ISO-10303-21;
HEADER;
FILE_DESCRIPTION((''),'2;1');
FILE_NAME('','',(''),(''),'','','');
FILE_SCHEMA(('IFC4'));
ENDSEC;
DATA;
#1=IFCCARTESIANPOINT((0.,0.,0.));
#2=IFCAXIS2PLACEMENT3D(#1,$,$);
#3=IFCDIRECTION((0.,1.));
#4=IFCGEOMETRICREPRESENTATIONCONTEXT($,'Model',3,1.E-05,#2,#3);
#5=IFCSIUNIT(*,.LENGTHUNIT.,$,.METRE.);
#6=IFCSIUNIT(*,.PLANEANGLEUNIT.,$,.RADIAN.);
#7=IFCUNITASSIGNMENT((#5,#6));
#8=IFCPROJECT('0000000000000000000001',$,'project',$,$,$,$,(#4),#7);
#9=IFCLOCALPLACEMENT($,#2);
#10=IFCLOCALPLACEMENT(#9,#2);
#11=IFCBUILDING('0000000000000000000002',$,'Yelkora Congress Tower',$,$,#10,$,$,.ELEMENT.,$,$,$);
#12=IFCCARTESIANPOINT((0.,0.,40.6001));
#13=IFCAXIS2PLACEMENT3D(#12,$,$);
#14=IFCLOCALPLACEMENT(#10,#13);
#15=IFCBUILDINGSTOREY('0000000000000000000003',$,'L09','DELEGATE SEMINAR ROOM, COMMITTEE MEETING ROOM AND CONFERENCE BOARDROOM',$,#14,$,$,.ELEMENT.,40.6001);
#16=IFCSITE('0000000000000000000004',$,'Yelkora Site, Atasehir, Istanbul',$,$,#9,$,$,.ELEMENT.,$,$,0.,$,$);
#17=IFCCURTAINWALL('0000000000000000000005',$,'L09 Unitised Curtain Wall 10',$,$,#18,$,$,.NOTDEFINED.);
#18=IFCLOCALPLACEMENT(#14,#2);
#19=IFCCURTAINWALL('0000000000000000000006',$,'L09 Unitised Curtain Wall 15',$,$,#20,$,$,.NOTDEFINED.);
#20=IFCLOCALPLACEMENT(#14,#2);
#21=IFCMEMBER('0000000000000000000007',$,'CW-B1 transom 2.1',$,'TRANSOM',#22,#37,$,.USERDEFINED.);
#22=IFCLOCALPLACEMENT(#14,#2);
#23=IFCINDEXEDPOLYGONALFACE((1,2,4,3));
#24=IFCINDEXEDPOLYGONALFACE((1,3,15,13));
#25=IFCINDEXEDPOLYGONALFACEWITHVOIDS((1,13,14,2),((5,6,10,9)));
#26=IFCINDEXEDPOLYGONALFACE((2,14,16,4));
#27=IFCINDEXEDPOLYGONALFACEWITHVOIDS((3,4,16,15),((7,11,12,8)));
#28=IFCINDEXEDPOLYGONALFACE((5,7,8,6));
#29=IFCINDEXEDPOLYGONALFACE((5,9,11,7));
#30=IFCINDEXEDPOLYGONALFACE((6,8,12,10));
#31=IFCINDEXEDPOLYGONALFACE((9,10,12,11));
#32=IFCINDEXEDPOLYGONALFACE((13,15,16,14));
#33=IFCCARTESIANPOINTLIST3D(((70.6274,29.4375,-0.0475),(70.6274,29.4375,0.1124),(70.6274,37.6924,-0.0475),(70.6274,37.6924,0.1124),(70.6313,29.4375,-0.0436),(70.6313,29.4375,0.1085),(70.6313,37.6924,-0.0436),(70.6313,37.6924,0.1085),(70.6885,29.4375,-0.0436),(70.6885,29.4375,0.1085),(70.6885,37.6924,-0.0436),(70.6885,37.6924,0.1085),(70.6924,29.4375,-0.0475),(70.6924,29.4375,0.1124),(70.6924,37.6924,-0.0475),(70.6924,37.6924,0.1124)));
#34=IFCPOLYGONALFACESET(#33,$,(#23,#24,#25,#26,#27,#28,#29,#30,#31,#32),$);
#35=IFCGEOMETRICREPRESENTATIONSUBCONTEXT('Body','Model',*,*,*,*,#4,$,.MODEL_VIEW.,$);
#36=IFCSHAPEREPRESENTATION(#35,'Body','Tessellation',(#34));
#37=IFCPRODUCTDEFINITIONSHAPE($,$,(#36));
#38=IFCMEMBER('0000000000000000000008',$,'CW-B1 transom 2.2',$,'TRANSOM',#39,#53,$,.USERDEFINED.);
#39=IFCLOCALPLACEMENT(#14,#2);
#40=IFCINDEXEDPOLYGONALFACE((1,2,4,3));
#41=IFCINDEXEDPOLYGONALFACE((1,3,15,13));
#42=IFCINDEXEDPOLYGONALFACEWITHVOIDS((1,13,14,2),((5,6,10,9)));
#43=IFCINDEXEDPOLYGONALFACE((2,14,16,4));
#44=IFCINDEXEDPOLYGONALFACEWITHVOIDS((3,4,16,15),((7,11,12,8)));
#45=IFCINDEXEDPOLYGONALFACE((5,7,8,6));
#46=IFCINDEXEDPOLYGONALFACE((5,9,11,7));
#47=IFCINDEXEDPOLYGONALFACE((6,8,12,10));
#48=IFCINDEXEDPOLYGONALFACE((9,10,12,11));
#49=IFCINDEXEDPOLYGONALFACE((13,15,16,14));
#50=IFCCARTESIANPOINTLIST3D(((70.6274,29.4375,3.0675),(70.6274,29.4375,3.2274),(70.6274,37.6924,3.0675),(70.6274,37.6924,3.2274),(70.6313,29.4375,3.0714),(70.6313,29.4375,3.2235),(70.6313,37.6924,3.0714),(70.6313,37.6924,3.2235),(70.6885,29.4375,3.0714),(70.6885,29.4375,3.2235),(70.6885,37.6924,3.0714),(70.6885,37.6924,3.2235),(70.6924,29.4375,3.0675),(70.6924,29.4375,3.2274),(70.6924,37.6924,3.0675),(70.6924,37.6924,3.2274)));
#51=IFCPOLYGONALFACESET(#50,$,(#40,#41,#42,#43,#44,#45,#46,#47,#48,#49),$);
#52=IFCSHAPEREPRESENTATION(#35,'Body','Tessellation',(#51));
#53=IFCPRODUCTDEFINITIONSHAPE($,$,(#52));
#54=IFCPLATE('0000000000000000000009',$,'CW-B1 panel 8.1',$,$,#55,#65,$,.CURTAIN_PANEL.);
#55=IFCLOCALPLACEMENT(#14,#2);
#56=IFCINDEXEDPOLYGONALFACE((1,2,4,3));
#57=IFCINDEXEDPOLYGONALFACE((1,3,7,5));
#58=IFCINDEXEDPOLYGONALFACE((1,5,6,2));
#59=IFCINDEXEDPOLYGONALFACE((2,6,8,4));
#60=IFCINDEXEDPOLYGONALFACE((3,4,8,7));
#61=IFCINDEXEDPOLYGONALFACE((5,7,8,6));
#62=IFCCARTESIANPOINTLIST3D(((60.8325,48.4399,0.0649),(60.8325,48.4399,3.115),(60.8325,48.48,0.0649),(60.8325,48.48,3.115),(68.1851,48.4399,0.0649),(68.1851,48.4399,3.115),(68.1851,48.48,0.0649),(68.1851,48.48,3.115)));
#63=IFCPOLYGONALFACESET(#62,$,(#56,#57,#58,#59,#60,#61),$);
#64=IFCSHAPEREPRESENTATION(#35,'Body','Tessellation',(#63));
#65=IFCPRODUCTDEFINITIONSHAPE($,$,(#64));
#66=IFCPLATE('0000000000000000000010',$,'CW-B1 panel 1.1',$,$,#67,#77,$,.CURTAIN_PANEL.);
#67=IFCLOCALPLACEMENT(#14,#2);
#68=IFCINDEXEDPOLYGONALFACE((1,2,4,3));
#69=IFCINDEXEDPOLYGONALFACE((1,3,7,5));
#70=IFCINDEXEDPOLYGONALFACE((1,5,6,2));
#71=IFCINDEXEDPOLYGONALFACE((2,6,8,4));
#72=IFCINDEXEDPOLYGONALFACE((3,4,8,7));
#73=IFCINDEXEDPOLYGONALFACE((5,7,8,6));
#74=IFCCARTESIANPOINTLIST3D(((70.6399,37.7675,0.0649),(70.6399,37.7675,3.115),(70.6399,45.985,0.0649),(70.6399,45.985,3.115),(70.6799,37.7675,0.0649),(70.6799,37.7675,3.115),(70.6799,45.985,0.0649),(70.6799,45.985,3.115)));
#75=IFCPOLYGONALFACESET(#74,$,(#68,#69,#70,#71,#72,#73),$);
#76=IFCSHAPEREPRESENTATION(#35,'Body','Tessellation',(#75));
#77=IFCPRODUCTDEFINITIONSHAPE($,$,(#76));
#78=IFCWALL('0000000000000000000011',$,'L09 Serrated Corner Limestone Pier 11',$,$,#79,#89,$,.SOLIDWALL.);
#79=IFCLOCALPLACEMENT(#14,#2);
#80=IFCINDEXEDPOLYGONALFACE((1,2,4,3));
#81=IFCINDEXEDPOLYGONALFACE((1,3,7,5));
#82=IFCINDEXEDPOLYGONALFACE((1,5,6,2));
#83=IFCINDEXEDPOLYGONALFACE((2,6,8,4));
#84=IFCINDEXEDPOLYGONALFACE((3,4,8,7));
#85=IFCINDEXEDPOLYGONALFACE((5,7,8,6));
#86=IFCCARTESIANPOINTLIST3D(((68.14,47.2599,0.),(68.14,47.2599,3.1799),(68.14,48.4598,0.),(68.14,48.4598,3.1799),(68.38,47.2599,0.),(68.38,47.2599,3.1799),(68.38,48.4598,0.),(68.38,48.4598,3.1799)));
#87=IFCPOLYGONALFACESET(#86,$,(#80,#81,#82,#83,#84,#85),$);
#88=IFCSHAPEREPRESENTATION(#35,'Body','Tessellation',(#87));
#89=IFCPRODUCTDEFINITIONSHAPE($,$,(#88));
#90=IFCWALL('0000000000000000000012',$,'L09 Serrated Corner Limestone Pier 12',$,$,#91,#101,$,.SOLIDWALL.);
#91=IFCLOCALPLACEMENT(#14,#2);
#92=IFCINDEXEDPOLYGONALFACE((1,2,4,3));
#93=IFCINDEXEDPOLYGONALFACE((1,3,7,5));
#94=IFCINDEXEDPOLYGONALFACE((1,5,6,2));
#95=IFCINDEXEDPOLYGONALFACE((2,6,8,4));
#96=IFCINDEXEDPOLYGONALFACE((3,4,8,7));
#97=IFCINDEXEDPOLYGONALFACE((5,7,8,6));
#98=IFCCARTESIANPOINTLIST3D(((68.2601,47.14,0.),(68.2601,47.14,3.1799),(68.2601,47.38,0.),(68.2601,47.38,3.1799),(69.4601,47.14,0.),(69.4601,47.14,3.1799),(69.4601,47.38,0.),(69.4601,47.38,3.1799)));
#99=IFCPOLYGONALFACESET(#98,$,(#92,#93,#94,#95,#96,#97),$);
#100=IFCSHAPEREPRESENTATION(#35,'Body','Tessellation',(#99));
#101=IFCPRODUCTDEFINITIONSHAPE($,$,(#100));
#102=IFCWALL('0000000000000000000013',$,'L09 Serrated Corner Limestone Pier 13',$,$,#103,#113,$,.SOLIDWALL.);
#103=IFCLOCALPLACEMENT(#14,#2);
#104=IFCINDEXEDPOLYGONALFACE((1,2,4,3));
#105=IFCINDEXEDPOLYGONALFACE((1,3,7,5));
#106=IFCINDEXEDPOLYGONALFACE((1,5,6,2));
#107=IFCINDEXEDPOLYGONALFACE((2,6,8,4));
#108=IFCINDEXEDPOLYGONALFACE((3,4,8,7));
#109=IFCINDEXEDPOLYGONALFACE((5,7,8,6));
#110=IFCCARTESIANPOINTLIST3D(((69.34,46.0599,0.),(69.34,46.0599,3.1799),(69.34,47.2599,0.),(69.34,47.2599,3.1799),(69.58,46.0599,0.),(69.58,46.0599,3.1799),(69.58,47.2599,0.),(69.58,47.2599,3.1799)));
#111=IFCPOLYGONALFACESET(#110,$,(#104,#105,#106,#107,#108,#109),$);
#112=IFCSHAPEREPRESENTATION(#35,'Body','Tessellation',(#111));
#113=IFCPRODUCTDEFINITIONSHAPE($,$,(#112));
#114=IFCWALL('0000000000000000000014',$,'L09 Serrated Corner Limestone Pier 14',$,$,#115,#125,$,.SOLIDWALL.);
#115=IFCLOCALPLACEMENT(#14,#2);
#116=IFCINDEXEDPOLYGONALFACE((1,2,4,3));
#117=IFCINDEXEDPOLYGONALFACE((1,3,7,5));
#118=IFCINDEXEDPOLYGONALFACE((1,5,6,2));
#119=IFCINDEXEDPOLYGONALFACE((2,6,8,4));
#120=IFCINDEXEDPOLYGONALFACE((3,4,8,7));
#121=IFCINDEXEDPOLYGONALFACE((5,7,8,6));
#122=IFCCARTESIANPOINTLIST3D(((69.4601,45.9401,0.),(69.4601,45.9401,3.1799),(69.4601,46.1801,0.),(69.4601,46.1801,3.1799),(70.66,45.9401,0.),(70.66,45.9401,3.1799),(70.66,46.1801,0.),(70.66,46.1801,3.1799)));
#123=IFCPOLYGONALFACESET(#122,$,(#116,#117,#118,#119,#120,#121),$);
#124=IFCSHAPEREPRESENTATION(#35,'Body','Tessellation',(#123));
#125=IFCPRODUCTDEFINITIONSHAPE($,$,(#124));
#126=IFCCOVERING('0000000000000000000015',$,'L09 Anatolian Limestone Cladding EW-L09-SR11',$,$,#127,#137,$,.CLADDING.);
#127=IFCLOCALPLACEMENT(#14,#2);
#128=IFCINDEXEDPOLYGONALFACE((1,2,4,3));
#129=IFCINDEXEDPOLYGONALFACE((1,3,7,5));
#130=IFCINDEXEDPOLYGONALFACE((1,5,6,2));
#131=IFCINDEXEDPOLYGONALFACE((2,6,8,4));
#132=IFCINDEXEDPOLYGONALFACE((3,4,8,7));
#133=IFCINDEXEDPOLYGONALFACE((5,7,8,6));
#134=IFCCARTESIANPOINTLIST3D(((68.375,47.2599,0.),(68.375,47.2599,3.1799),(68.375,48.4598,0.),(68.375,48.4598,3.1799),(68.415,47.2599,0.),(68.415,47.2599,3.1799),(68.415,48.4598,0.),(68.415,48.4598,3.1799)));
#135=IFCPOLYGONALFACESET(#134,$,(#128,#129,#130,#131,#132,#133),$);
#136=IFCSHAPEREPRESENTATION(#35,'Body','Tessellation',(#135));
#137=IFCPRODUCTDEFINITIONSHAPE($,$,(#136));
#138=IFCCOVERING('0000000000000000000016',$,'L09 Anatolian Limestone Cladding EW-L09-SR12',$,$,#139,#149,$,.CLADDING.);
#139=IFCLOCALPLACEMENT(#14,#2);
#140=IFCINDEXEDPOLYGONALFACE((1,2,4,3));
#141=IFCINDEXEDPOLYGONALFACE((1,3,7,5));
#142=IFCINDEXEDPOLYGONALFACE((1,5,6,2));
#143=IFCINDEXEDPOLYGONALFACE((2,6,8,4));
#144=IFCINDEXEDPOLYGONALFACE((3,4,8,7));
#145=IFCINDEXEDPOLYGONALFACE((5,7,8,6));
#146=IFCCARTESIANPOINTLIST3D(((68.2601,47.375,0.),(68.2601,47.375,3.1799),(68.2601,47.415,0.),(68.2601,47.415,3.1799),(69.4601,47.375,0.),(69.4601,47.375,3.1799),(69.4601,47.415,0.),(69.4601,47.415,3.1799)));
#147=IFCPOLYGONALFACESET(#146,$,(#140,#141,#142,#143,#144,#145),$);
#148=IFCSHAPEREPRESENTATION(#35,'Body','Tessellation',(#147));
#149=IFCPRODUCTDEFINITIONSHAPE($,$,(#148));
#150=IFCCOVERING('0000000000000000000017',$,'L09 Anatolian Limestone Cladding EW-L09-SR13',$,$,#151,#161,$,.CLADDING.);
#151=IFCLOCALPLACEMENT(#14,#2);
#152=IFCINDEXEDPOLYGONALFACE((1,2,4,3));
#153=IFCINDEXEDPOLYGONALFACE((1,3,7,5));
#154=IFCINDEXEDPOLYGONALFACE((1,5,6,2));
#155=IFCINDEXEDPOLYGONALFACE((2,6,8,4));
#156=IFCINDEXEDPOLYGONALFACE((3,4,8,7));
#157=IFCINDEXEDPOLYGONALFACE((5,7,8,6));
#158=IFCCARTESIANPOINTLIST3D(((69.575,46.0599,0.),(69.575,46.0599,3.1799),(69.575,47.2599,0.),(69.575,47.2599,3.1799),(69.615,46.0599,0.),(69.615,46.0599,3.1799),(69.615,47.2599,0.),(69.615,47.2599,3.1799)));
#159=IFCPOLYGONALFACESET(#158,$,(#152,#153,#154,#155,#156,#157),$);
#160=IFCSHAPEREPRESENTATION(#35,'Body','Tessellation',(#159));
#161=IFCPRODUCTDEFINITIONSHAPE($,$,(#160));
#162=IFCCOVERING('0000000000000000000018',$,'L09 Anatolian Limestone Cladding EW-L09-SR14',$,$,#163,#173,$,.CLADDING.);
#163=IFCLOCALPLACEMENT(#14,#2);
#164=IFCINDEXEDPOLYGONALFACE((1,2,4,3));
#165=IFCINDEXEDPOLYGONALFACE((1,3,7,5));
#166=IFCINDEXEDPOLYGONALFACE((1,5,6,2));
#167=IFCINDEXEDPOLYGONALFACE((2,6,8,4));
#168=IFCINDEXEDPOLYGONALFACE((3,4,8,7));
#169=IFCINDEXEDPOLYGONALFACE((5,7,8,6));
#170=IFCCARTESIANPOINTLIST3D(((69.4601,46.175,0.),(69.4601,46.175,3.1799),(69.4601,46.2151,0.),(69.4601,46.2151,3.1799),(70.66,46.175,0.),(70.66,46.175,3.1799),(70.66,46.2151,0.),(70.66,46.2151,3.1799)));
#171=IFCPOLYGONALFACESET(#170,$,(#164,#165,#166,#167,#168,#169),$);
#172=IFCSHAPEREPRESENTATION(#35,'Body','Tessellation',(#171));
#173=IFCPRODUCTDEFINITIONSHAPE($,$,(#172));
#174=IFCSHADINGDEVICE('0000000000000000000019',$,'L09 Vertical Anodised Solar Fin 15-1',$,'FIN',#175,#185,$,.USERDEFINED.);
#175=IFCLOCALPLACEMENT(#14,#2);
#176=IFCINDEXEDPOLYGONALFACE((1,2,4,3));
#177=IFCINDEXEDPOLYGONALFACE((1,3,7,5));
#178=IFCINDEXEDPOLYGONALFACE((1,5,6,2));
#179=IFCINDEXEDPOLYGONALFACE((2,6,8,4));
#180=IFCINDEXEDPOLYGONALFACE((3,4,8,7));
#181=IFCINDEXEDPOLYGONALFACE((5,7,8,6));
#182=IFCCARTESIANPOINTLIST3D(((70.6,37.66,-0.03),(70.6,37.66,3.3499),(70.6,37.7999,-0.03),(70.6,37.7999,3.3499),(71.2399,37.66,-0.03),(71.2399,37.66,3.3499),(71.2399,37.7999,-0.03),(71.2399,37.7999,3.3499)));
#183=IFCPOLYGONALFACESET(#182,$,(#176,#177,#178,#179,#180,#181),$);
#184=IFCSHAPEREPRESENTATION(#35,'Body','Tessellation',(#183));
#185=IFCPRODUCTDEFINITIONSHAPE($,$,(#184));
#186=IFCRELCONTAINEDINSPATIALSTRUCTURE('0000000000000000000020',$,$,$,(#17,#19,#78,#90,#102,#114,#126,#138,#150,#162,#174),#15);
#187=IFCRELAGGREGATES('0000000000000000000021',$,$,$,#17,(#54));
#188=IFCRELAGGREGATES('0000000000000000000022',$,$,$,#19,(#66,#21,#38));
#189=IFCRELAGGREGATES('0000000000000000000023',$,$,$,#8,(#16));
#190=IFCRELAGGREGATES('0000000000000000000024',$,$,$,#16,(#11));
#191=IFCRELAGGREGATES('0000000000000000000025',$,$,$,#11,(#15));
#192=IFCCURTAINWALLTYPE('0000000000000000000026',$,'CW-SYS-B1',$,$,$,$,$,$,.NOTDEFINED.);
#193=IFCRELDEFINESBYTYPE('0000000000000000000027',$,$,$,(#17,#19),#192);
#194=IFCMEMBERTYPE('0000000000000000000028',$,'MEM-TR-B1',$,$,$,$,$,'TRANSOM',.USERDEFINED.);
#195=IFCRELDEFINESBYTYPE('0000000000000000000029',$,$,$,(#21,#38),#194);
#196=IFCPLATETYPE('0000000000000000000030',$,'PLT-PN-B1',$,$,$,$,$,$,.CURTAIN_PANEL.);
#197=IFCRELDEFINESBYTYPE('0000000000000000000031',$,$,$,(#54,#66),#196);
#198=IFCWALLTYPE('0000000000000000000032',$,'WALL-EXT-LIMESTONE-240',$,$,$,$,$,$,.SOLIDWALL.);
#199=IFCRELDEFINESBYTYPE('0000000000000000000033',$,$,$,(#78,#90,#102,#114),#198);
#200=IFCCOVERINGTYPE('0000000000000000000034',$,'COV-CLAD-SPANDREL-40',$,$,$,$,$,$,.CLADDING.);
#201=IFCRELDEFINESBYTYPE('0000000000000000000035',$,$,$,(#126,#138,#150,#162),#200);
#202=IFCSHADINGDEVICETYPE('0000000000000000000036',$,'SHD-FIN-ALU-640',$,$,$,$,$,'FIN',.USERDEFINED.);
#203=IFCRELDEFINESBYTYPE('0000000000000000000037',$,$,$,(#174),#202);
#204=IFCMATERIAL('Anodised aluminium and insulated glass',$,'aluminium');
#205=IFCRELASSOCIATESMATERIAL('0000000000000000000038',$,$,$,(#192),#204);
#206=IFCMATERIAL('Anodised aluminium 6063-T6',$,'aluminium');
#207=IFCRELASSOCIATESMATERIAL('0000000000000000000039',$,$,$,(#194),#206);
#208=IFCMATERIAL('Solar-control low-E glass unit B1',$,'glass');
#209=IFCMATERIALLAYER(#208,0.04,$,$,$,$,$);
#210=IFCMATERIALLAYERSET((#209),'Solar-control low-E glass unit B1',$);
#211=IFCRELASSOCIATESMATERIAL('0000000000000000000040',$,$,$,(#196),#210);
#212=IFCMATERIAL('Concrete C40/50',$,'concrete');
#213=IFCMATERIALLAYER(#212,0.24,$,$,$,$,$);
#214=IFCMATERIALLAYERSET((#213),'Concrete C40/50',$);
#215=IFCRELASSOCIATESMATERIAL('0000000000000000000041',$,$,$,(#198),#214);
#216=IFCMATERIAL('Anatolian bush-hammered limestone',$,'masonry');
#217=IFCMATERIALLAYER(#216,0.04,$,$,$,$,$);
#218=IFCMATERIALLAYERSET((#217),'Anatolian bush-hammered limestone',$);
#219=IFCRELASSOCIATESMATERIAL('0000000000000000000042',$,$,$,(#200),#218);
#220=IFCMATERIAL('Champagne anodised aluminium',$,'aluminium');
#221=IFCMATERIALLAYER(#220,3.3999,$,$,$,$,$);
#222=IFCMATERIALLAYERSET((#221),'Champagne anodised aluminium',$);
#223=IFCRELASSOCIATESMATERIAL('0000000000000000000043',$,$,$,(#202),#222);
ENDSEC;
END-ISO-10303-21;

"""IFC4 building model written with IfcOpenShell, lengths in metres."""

from ifc_helpers import new_model, si_unit, direction, frame, frame_2d, origin, origin_2d, place, context, subcontext, project, spatial, rectangle, hollow_rectangle, extrude, material, layer, layer_set, material_profile, profile_set, type_object, element, aggregate, save


model = new_model("IFC4")

# Units and contexts
model_context = context("Model", 3, precision=1e-05, world=origin(), true_north=direction((0.0, 1.0)))
body_context = subcontext(model_context, "Body", "Model", "MODEL_VIEW")
ifc_project = project(units=[si_unit("LENGTHUNIT", "METRE"), si_unit("PLANEANGLEUNIT", "RADIAN")], contexts=[model_context])

# Site, building, storey
site_placement = place(None, origin())
site = spatial("IfcSite", under=ifc_project, at=site_placement, Name="Yelkora Site, Atasehir, Istanbul", CompositionType="ELEMENT", RefElevation=0.0)
building_placement = place(site_placement, origin())
building = spatial("IfcBuilding", under=site, at=building_placement, Name="Yelkora Congress Tower", CompositionType="ELEMENT")
storey_placement = place(building_placement, frame((0.0, 0.0, 40.6001)))
storey = spatial("IfcBuildingStorey", under=building, at=storey_placement, Name="L09", Description="DELEGATE SEMINAR ROOM, COMMITTEE MEETING ROOM AND CONFERENCE BOARDROOM", CompositionType="ELEMENT", Elevation=40.6001)

# Curtain wall
ifc_material_1 = material(Name="Anodised aluminium and insulated glass", Category="aluminium")
curtain_wall_type = type_object("IfcCurtainWallType", Name="CW-SYS-B1", PredefinedType="NOTDEFINED", material=ifc_material_1)
curtain_wall_1_placement = place(storey_placement, origin())
curtain_wall_1 = element("IfcCurtainWall", 1, at=curtain_wall_1_placement, inside=storey, type_object=curtain_wall_type, Name="L09 Unitised Curtain Wall 10", PredefinedType="NOTDEFINED")
ifc_material_2 = material(Name="Anodised aluminium 6063-T6", Category="aluminium")

# Curtain wall, members
curtain_wall_2_placement = place(storey_placement, origin())
curtain_wall_2 = element("IfcCurtainWall", 2, at=curtain_wall_2_placement, inside=storey, type_object=curtain_wall_type, Name="L09 Unitised Curtain Wall 15", PredefinedType="NOTDEFINED")
ifc_material_profile_1 = material_profile(ifc_material_2, hollow_rectangle(XDim=0.0649, YDim=0.1599, WallThickness=0.0039, at=origin_2d()), Name="ALU 65x160x4")
ifc_profile_set_1 = profile_set([ifc_material_profile_1], Name="Anodised aluminium 6063-T6")
member_type_1 = type_object("IfcMemberType", Name="MEM-TR-B1", ElementType="TRANSOM", PredefinedType="USERDEFINED", material=ifc_profile_set_1)
member_1_placement = place(storey_placement, frame((70.6599, 37.6924, 0.0325), z_axis=(0.0, -1.0, 0.0), x_axis=(1.0, 0.0, 0.0)))
member_1 = element("IfcMember", 3, at=member_1_placement, type_object=member_type_1, Name="CW-B1 transom 2.1", ObjectType="TRANSOM", PredefinedType="USERDEFINED", context=body_context, shape_type="SweptSolid", body=[
    extrude(hollow_rectangle(XDim=0.0649, YDim=0.1599, WallThickness=0.0039, at=origin_2d()), origin(), (0.0, 0.0, 1.0), 8.2549),
])
member_2_placement = place(storey_placement, frame((70.6599, 37.6924, 3.1475), z_axis=(0.0, -1.0, 0.0), x_axis=(1.0, 0.0, 0.0)))
member_2 = element("IfcMember", 4, at=member_2_placement, type_object=member_type_1, Name="CW-B1 transom 2.2", ObjectType="TRANSOM", PredefinedType="USERDEFINED", context=body_context, shape_type="SweptSolid", body=[
    extrude(hollow_rectangle(XDim=0.0649, YDim=0.1599, WallThickness=0.0039, at=origin_2d()), origin(), (0.0, 0.0, 1.0), 8.2549),
])

# Plates
ifc_material_3 = material(Name="Solar-control low-E glass unit B1", Category="glass")
ifc_layer_1 = layer(ifc_material_3, 0.04)
ifc_layer_set_1 = layer_set([ifc_layer_1], Name="Solar-control low-E glass unit B1")
plate_type = type_object("IfcPlateType", Name="PLT-PN-B1", PredefinedType="CURTAIN_PANEL", material=ifc_layer_set_1)
plate_1_placement = place(storey_placement, frame((64.5088, 48.46, 0.0649), z_axis=(0.0, 0.0, 1.0), x_axis=(1.0, 0.0, 0.0)))
plate_1 = element("IfcPlate", 5, at=plate_1_placement, type_object=plate_type, Name="CW-B1 panel 8.1", PredefinedType="CURTAIN_PANEL", context=body_context, shape_type="SweptSolid", body=[
    extrude(rectangle(XDim=7.3525, YDim=0.04, at=origin_2d()), origin(), (0.0, 0.0, 1.0), 3.05),
])
aggregate(curtain_wall_1, [plate_1])
plate_2_placement = place(storey_placement, frame((70.6599, 41.8762, 0.0649), z_axis=(0.0, 0.0, 1.0), x_axis=(0.0, -1.0, 0.0)))
plate_2 = element("IfcPlate", 6, at=plate_2_placement, type_object=plate_type, Name="CW-B1 panel 1.1", PredefinedType="CURTAIN_PANEL", context=body_context, shape_type="SweptSolid", body=[
    extrude(rectangle(XDim=8.2175, YDim=0.04, at=origin_2d()), origin(), (0.0, 0.0, 1.0), 3.05),
])
aggregate(curtain_wall_2, [plate_2, member_1, member_2])

# Walls
ifc_material_4 = material(Name="Concrete C40/50", Category="concrete")
ifc_layer_2 = layer(ifc_material_4, 0.24)
ifc_layer_set_2 = layer_set([ifc_layer_2], Name="Concrete C40/50")
wall_type = type_object("IfcWallType", Name="WALL-EXT-LIMESTONE-240", PredefinedType="SOLIDWALL", material=ifc_layer_set_2)
for number, where, z_axis, x_axis, name in (
    (7, (68.26, 48.46, 0.0), (0.0, 0.0, 1.0), (0.0, -1.0, 0.0), "L09 Serrated Corner Limestone Pier 11"),
    (8, (68.26, 47.26, 0.0), (0.0, 0.0, 1.0), (1.0, 0.0, 0.0), "L09 Serrated Corner Limestone Pier 12"),
    (9, (69.46, 47.26, 0.0), (0.0, 0.0, 1.0), (0.0, -1.0, 0.0), "L09 Serrated Corner Limestone Pier 13"),
    (10, (69.46, 46.0601, 0.0), (0.0, 0.0, 1.0), (1.0, 0.0, 0.0), "L09 Serrated Corner Limestone Pier 14"),
):
    element("IfcWall", number, at=place(storey_placement, frame(where, z_axis=z_axis, x_axis=x_axis)), inside=storey, type_object=wall_type, Name=name, PredefinedType="SOLIDWALL", context=body_context, shape_type="SweptSolid", body=[
        extrude(rectangle(XDim=1.2, YDim=0.24, at=frame_2d((0.6001, 0.0))), origin(), (0.0, 0.0, 1.0), 3.1799),
    ])

# Coverings
ifc_material_5 = material(Name="Anatolian bush-hammered limestone", Category="masonry")
ifc_layer_3 = layer(ifc_material_5, 0.04)
ifc_layer_set_3 = layer_set([ifc_layer_3], Name="Anatolian bush-hammered limestone")
covering_type = type_object("IfcCoveringType", Name="COV-CLAD-SPANDREL-40", PredefinedType="CLADDING", material=ifc_layer_set_3)
for number, where, z_axis, x_axis, name in (
    (11, (68.395, 48.46, 0.0), (0.0, 0.0, 1.0), (0.0, -1.0, 0.0), "L09 Anatolian Limestone Cladding EW-L09-SR11"),
    (12, (68.26, 47.395, 0.0), (0.0, 0.0, 1.0), (1.0, 0.0, 0.0), "L09 Anatolian Limestone Cladding EW-L09-SR12"),
    (13, (69.595, 47.26, 0.0), (0.0, 0.0, 1.0), (0.0, -1.0, 0.0), "L09 Anatolian Limestone Cladding EW-L09-SR13"),
    (14, (69.46, 46.1951, 0.0), (0.0, 0.0, 1.0), (1.0, 0.0, 0.0), "L09 Anatolian Limestone Cladding EW-L09-SR14"),
):
    element("IfcCovering", number, at=place(storey_placement, frame(where, z_axis=z_axis, x_axis=x_axis)), inside=storey, type_object=covering_type, Name=name, PredefinedType="CLADDING", context=body_context, shape_type="SweptSolid", body=[
        extrude(rectangle(XDim=1.2, YDim=0.04, at=frame_2d((0.6001, 0.0))), origin(), (0.0, 0.0, 1.0), 3.1799),
    ])

# Shading device
ifc_material_6 = material(Name="Champagne anodised aluminium", Category="aluminium")
ifc_layer_4 = layer(ifc_material_6, 3.3999)
ifc_layer_set_4 = layer_set([ifc_layer_4], Name="Champagne anodised aluminium")
shading_device_type = type_object("IfcShadingDeviceType", Name="SHD-FIN-ALU-640", ElementType="FIN", PredefinedType="USERDEFINED", material=ifc_layer_set_4)
shading_device_placement = place(storey_placement, frame((70.9199, 37.73, -0.03), z_axis=(0.0, 0.0, 1.0), x_axis=(0.0, -1.0, 0.0)))
element("IfcShadingDevice", 15, at=shading_device_placement, inside=storey, type_object=shading_device_type, Name="L09 Vertical Anodised Solar Fin 15-1", ObjectType="FIN", PredefinedType="USERDEFINED", context=body_context, shape_type="SweptSolid", body=[
    extrude(rectangle(XDim=0.1399, YDim=0.6399, at=origin_2d()), origin(), (0.0, 0.0, 1.0), 3.3799),
])

save(model, "model.ifc")
